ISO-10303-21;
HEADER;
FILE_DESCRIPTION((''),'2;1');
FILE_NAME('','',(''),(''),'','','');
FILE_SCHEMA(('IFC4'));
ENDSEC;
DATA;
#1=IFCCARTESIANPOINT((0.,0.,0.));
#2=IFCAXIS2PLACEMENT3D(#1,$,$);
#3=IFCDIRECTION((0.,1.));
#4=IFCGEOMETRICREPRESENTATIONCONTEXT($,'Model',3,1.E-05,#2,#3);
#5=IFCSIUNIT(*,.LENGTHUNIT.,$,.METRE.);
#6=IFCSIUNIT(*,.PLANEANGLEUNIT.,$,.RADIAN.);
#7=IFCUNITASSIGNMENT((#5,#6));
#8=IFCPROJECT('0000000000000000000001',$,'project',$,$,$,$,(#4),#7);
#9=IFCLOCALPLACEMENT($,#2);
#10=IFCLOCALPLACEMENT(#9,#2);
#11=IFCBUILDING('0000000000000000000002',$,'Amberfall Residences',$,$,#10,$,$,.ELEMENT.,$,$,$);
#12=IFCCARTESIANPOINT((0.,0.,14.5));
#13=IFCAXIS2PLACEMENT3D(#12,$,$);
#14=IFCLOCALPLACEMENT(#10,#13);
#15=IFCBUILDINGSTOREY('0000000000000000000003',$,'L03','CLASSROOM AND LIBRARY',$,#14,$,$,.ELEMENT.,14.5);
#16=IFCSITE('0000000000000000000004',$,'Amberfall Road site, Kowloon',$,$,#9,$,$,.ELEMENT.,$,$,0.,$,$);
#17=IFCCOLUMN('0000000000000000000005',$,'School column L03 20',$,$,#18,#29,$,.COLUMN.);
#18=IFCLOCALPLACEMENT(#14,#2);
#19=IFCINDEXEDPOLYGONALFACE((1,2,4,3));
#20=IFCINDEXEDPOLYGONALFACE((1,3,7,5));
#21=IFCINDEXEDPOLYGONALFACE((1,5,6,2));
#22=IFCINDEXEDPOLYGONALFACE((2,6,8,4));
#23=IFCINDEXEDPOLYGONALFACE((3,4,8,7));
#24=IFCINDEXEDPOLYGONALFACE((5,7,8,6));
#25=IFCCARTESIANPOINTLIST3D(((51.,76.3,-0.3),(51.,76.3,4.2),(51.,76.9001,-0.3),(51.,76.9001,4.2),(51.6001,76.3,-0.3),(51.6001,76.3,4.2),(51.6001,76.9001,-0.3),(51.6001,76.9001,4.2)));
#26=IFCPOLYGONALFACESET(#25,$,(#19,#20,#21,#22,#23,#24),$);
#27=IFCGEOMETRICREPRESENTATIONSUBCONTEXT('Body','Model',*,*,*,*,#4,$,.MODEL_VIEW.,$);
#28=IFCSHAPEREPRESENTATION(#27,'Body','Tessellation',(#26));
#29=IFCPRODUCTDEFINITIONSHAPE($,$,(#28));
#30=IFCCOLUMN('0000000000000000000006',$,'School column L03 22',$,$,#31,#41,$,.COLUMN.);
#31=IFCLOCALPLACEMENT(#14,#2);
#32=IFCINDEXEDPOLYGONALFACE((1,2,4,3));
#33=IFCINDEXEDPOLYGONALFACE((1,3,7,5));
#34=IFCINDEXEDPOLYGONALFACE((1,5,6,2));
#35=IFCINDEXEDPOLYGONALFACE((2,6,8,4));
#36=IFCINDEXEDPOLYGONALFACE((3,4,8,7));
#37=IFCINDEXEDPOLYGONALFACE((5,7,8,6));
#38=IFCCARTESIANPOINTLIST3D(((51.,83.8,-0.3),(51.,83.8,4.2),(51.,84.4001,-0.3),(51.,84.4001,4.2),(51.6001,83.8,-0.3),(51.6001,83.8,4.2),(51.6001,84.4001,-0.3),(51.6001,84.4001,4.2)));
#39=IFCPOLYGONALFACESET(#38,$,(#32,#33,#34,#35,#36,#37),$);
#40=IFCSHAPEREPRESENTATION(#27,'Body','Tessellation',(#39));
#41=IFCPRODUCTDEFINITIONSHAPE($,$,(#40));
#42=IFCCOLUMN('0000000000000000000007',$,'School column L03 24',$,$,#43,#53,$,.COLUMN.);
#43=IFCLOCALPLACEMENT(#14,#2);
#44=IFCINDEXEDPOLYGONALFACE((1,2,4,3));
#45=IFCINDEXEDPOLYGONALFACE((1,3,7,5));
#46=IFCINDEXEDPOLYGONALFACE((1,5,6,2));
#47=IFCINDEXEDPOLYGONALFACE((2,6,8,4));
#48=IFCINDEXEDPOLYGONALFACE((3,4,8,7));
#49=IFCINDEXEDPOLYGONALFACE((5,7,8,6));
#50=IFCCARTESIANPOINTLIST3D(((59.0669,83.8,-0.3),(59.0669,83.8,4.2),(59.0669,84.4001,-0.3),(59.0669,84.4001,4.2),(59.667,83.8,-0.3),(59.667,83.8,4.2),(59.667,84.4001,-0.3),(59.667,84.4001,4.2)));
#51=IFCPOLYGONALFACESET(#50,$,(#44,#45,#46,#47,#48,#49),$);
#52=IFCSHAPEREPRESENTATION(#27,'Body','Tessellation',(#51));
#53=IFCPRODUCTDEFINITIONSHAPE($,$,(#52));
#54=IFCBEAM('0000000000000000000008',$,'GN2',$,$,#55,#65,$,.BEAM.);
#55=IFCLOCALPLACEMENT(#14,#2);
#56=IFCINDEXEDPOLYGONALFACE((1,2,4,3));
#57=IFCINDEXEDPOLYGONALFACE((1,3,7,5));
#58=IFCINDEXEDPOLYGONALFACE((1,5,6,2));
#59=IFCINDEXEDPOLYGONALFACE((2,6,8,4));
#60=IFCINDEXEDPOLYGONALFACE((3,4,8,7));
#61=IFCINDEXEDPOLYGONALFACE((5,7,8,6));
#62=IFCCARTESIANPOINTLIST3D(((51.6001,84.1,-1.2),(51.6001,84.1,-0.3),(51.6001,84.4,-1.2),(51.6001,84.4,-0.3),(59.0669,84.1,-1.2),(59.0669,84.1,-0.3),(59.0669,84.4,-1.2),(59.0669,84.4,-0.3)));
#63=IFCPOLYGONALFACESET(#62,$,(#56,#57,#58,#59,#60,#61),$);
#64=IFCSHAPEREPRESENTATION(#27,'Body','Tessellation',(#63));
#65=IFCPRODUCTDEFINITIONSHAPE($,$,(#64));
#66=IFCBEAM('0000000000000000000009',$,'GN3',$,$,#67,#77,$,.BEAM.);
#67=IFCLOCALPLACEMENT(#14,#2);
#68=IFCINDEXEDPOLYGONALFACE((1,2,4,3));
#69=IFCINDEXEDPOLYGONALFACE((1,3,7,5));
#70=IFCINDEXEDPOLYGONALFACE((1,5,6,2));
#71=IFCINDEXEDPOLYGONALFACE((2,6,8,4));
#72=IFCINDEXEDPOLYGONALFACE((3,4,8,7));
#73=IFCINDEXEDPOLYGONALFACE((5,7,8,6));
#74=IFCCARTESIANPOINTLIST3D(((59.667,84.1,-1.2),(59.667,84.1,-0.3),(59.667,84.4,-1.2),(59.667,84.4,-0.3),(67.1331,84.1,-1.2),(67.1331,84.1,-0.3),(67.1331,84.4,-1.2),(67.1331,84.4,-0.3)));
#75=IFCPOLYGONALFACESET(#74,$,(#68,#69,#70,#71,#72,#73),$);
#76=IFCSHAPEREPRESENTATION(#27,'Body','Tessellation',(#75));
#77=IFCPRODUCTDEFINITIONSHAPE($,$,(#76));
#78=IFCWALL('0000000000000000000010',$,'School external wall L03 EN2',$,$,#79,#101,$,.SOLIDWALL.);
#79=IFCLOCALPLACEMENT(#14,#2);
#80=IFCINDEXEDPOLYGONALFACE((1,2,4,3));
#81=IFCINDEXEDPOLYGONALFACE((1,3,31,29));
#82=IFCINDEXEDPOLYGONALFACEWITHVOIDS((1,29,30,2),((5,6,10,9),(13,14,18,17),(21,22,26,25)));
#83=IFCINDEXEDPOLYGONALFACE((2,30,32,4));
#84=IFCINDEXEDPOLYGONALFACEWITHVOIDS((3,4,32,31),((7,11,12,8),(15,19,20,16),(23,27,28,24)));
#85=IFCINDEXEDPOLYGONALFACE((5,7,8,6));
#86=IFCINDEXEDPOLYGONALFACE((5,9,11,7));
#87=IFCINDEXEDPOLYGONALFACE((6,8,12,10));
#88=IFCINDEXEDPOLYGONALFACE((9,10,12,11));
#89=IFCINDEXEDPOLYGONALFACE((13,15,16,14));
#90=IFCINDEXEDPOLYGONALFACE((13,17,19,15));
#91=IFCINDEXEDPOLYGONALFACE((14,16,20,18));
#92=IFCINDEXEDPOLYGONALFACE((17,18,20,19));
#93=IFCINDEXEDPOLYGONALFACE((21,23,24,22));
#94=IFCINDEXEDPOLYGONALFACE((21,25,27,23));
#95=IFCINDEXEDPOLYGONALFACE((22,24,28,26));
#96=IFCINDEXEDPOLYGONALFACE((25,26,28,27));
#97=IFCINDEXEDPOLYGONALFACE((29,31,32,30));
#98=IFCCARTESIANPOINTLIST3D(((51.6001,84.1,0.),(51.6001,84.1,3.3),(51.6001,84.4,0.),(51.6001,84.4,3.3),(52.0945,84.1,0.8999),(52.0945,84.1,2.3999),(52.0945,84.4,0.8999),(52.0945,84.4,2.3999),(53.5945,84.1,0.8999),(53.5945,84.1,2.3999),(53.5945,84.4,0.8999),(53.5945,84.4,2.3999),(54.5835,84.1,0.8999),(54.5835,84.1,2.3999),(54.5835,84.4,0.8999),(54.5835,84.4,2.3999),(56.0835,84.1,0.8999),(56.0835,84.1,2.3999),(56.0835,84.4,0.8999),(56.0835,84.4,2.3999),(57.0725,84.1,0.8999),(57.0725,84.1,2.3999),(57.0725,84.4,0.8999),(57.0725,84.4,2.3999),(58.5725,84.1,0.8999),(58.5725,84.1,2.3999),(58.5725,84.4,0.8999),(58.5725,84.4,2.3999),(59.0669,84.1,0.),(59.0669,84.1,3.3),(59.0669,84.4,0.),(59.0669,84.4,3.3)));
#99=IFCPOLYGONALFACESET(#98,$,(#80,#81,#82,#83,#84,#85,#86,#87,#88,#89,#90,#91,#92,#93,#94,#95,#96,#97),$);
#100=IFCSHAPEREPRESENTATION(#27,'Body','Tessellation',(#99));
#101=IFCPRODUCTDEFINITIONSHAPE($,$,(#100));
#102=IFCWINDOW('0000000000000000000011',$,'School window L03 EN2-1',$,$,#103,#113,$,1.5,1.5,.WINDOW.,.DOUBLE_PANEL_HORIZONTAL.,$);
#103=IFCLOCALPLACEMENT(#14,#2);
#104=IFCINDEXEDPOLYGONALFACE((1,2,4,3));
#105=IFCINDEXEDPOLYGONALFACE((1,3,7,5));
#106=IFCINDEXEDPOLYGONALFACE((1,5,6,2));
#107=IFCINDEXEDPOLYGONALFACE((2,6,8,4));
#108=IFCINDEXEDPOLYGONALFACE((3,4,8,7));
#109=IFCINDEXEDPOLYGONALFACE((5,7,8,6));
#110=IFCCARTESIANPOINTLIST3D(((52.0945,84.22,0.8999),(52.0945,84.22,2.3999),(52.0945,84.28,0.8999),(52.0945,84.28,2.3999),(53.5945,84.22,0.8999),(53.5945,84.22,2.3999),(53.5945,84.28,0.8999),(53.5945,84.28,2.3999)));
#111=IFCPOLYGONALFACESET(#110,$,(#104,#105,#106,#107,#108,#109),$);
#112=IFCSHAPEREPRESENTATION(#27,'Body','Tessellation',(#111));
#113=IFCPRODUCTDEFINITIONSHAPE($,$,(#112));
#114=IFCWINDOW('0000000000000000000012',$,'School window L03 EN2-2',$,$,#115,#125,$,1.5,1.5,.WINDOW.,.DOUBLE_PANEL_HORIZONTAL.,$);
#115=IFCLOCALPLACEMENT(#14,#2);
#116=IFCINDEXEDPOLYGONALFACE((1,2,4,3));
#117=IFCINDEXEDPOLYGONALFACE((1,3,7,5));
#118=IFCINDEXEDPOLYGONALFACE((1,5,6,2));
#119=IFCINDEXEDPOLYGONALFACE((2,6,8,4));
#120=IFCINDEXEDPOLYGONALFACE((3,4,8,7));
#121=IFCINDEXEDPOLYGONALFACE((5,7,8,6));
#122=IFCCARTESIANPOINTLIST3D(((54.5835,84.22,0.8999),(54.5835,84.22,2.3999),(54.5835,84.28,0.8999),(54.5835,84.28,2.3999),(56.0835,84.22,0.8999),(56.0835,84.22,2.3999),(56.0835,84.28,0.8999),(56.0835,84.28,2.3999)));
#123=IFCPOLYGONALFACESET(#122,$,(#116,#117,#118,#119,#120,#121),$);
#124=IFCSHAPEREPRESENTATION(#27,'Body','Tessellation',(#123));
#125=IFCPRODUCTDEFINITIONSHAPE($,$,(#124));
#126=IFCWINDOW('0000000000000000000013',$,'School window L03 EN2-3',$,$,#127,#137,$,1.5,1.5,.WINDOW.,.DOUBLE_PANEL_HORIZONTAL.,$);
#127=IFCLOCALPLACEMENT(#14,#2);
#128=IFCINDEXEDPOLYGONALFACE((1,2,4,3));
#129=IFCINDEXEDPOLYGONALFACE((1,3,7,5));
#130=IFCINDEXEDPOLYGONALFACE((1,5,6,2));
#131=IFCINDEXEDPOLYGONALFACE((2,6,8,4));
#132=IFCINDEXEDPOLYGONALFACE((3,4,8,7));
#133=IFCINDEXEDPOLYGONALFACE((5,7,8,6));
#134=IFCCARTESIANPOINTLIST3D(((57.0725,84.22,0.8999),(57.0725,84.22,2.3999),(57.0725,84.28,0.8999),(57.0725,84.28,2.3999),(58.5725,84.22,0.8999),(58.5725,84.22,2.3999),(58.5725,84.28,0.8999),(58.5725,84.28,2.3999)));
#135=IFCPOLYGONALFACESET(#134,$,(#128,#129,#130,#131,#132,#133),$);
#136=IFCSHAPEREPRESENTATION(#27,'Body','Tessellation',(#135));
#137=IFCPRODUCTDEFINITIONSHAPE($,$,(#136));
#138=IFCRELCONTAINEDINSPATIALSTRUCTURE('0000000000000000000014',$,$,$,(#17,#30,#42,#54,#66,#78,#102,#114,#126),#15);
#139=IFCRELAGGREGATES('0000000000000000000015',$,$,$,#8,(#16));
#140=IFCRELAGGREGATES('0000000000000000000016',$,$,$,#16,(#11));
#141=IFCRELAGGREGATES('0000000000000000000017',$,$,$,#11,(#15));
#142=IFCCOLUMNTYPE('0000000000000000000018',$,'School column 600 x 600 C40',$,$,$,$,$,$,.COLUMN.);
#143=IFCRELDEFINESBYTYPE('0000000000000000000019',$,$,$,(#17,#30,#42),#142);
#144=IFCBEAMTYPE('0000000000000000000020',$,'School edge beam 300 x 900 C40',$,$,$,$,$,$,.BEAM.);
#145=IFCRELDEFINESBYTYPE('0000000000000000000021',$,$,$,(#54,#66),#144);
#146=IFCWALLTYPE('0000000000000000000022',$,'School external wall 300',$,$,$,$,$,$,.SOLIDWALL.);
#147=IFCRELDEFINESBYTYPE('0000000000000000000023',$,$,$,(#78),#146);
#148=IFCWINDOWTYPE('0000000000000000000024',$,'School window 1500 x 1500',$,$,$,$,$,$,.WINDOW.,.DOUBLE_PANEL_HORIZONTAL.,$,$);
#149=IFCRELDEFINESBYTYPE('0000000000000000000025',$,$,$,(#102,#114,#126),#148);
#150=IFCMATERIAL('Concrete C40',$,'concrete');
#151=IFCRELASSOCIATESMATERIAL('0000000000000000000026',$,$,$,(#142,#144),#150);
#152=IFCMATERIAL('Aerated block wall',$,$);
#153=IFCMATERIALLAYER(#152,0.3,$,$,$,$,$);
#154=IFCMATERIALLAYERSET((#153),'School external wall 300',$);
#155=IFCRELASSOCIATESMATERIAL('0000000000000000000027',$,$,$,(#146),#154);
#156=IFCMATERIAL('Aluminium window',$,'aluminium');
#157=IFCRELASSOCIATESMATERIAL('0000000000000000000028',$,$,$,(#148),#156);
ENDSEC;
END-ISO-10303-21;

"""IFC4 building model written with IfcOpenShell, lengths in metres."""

from ifc_helpers import new_model, si_unit, direction, frame, frame_2d, origin, origin_2d, place, context, subcontext, project, spatial, rectangle, extrude, material, layer, layer_set, material_profile, profile_set, type_object, element, fill, save


model = new_model("IFC4")

# Units and contexts
model_context = context("Model", 3, precision=1e-05, world=origin(), true_north=direction((0.0, 1.0)))
body_context = subcontext(model_context, "Body", "Model", "MODEL_VIEW")
ifc_project = project(units=[si_unit("LENGTHUNIT", "METRE"), si_unit("PLANEANGLEUNIT", "RADIAN")], contexts=[model_context])

# Site, building, storey
site_placement = place(None, origin())
site = spatial("IfcSite", under=ifc_project, at=site_placement, Name="Amberfall Road site, Kowloon", CompositionType="ELEMENT", RefElevation=0.0)
building_placement = place(site_placement, origin())
building = spatial("IfcBuilding", under=site, at=building_placement, Name="Amberfall Residences", CompositionType="ELEMENT")
storey_placement = place(building_placement, frame((0.0, 0.0, 14.5)))
storey = spatial("IfcBuildingStorey", under=building, at=storey_placement, Name="L03", Description="CLASSROOM AND LIBRARY", CompositionType="ELEMENT", Elevation=14.5)

# Columns
ifc_material_1 = material(Name="Concrete C40", Category="concrete")
ifc_material_profile_1 = material_profile(ifc_material_1, rectangle(XDim=0.6001, YDim=0.6001, at=origin_2d()), Name="School column 600 x 600 C40")
ifc_profile_set_1 = profile_set([ifc_material_profile_1], Name="Concrete C40")
column_type = type_object("IfcColumnType", Name="School column 600 x 600 C40", PredefinedType="COLUMN", material=ifc_profile_set_1)
for number, where, z_axis, x_axis, name in (
    (1, (51.3, 76.6001, -0.3), (0.0, 0.0, 1.0), (1.0, 0.0, 0.0), "School column L03 20"),
    (2, (51.3, 84.1001, -0.3), (0.0, 0.0, 1.0), (1.0, 0.0, 0.0), "School column L03 22"),
    (3, (59.3669, 84.1001, -0.3), (0.0, 0.0, 1.0), (1.0, 0.0, 0.0), "School column L03 24"),
):
    element("IfcColumn", number, at=place(storey_placement, frame(where, z_axis=z_axis, x_axis=x_axis)), inside=storey, type_object=column_type, Name=name, PredefinedType="COLUMN", context=body_context, shape_type="SweptSolid", body=[
        extrude(rectangle(XDim=0.6001, YDim=0.6001, at=origin_2d()), origin(), (0.0, 0.0, 1.0), 4.5),
    ])

# Beams
ifc_material_profile_2 = material_profile(ifc_material_1, rectangle(XDim=0.3, YDim=0.8999, at=origin_2d()), Name="School edge beam 300 x 900 C40")
ifc_profile_set_2 = profile_set([ifc_material_profile_2], Name="Concrete C40")
beam_type = type_object("IfcBeamType", Name="School edge beam 300 x 900 C40", PredefinedType="BEAM", material=ifc_profile_set_2)
beam_1_placement = place(storey_placement, frame((51.6001, 84.25, -0.75), z_axis=(1.0, 0.0, 0.0), x_axis=(0.0, 1.0, 0.0)))
element("IfcBeam", 4, at=beam_1_placement, inside=storey, type_object=beam_type, Name="GN2", PredefinedType="BEAM", context=body_context, shape_type="SweptSolid", body=[
    extrude(rectangle(XDim=0.3, YDim=0.8999, at=origin_2d()), origin(), (0.0, 0.0, 1.0), 7.4668),
])
beam_2_placement = place(storey_placement, frame((59.667, 84.25, -0.75), z_axis=(1.0, 0.0, 0.0), x_axis=(0.0, 1.0, 0.0)))
element("IfcBeam", 5, at=beam_2_placement, inside=storey, type_object=beam_type, Name="GN3", PredefinedType="BEAM", context=body_context, shape_type="SweptSolid", body=[
    extrude(rectangle(XDim=0.3, YDim=0.8999, at=origin_2d()), origin(), (0.0, 0.0, 1.0), 7.4661),
])

# Wall, openings, windows
ifc_material_2 = material(Name="Aerated block wall")
ifc_layer_1 = layer(ifc_material_2, 0.3)
ifc_layer_set_1 = layer_set([ifc_layer_1], Name="School external wall 300")
wall_type_1 = type_object("IfcWallType", Name="School external wall 300", PredefinedType="SOLIDWALL", material=ifc_layer_set_1)
wall_1_placement = place(storey_placement, frame((51.6001, 84.25, 0.0), z_axis=(0.0, 0.0, 1.0), x_axis=(1.0, 0.0, 0.0)))
wall_1 = element("IfcWall", 6, at=wall_1_placement, inside=storey, type_object=wall_type_1, Name="School external wall L03 EN2", PredefinedType="SOLIDWALL", context=body_context, shape_type="SweptSolid", body=[
    extrude(rectangle(XDim=7.4668, YDim=0.3, at=frame_2d((3.7334, 0.0))), origin(), (0.0, 0.0, 1.0), 3.3),
])
opening_1_placement = place(wall_1_placement, frame((0.4944, 0.0, 0.8999)))
opening_1 = element("IfcOpeningElement", 7, at=opening_1_placement, cuts=wall_1, PredefinedType="OPENING", context=body_context, shape_type="SweptSolid", body=[
    extrude(rectangle(XDim=1.5, YDim=1.5, at=frame_2d((0.75, 0.75))), frame((0.0, 0.1599, 0.0), z_axis=(0.0, -1.0, 0.0), x_axis=(1.0, 0.0, 0.0)), (0.0, 0.0, 1.0), 0.3201),
])
opening_2_placement = place(wall_1_placement, frame((2.9834, 0.0, 0.8999)))
opening_2 = element("IfcOpeningElement", 8, at=opening_2_placement, cuts=wall_1, PredefinedType="OPENING", context=body_context, shape_type="SweptSolid", body=[
    extrude(rectangle(XDim=1.5, YDim=1.5, at=frame_2d((0.75, 0.75))), frame((0.0, 0.1599, 0.0), z_axis=(0.0, -1.0, 0.0), x_axis=(1.0, 0.0, 0.0)), (0.0, 0.0, 1.0), 0.3201),
])
opening_3_placement = place(wall_1_placement, frame((5.4724, 0.0, 0.8999)))
opening_3 = element("IfcOpeningElement", 9, at=opening_3_placement, cuts=wall_1, PredefinedType="OPENING", context=body_context, shape_type="SweptSolid", body=[
    extrude(rectangle(XDim=1.5, YDim=1.5, at=frame_2d((0.75, 0.75))), frame((0.0, 0.1599, 0.0), z_axis=(0.0, -1.0, 0.0), x_axis=(1.0, 0.0, 0.0)), (0.0, 0.0, 1.0), 0.3201),
])
ifc_material_3 = material(Name="Aluminium window", Category="aluminium")
window_type = type_object("IfcWindowType", Name="School window 1500 x 1500", PartitioningType="DOUBLE_PANEL_HORIZONTAL", PredefinedType="WINDOW", material=ifc_material_3)
window_1_placement = place(opening_1_placement, origin())
window_1 = element("IfcWindow", 10, at=window_1_placement, inside=storey, type_object=window_type, Name="School window L03 EN2-1", OverallHeight=1.5, OverallWidth=1.5, PartitioningType="DOUBLE_PANEL_HORIZONTAL", PredefinedType="WINDOW", context=body_context, shape_type="SweptSolid", body=[
    extrude(rectangle(XDim=1.5, YDim=1.5, at=frame_2d((0.75, 0.75))), frame((0.0, 0.03, 0.0), z_axis=(0.0, -1.0, 0.0), x_axis=(1.0, 0.0, 0.0)), (0.0, 0.0, 1.0), 0.0601),
])
fill(opening_1, window_1)
window_2_placement = place(opening_2_placement, origin())
window_2 = element("IfcWindow", 11, at=window_2_placement, inside=storey, type_object=window_type, Name="School window L03 EN2-2", OverallHeight=1.5, OverallWidth=1.5, PartitioningType="DOUBLE_PANEL_HORIZONTAL", PredefinedType="WINDOW", context=body_context, shape_type="SweptSolid", body=[
    extrude(rectangle(XDim=1.5, YDim=1.5, at=frame_2d((0.75, 0.75))), frame((0.0, 0.03, 0.0), z_axis=(0.0, -1.0, 0.0), x_axis=(1.0, 0.0, 0.0)), (0.0, 0.0, 1.0), 0.0601),
])
fill(opening_2, window_2)
window_3_placement = place(opening_3_placement, origin())
window_3 = element("IfcWindow", 12, at=window_3_placement, inside=storey, type_object=window_type, Name="School window L03 EN2-3", OverallHeight=1.5, OverallWidth=1.5, PartitioningType="DOUBLE_PANEL_HORIZONTAL", PredefinedType="WINDOW", context=body_context, shape_type="SweptSolid", body=[
    extrude(rectangle(XDim=1.5, YDim=1.5, at=frame_2d((0.75, 0.75))), frame((0.0, 0.03, 0.0), z_axis=(0.0, -1.0, 0.0), x_axis=(1.0, 0.0, 0.0)), (0.0, 0.0, 1.0), 0.0601),
])
fill(opening_3, window_3)

save(model, "model.ifc")
